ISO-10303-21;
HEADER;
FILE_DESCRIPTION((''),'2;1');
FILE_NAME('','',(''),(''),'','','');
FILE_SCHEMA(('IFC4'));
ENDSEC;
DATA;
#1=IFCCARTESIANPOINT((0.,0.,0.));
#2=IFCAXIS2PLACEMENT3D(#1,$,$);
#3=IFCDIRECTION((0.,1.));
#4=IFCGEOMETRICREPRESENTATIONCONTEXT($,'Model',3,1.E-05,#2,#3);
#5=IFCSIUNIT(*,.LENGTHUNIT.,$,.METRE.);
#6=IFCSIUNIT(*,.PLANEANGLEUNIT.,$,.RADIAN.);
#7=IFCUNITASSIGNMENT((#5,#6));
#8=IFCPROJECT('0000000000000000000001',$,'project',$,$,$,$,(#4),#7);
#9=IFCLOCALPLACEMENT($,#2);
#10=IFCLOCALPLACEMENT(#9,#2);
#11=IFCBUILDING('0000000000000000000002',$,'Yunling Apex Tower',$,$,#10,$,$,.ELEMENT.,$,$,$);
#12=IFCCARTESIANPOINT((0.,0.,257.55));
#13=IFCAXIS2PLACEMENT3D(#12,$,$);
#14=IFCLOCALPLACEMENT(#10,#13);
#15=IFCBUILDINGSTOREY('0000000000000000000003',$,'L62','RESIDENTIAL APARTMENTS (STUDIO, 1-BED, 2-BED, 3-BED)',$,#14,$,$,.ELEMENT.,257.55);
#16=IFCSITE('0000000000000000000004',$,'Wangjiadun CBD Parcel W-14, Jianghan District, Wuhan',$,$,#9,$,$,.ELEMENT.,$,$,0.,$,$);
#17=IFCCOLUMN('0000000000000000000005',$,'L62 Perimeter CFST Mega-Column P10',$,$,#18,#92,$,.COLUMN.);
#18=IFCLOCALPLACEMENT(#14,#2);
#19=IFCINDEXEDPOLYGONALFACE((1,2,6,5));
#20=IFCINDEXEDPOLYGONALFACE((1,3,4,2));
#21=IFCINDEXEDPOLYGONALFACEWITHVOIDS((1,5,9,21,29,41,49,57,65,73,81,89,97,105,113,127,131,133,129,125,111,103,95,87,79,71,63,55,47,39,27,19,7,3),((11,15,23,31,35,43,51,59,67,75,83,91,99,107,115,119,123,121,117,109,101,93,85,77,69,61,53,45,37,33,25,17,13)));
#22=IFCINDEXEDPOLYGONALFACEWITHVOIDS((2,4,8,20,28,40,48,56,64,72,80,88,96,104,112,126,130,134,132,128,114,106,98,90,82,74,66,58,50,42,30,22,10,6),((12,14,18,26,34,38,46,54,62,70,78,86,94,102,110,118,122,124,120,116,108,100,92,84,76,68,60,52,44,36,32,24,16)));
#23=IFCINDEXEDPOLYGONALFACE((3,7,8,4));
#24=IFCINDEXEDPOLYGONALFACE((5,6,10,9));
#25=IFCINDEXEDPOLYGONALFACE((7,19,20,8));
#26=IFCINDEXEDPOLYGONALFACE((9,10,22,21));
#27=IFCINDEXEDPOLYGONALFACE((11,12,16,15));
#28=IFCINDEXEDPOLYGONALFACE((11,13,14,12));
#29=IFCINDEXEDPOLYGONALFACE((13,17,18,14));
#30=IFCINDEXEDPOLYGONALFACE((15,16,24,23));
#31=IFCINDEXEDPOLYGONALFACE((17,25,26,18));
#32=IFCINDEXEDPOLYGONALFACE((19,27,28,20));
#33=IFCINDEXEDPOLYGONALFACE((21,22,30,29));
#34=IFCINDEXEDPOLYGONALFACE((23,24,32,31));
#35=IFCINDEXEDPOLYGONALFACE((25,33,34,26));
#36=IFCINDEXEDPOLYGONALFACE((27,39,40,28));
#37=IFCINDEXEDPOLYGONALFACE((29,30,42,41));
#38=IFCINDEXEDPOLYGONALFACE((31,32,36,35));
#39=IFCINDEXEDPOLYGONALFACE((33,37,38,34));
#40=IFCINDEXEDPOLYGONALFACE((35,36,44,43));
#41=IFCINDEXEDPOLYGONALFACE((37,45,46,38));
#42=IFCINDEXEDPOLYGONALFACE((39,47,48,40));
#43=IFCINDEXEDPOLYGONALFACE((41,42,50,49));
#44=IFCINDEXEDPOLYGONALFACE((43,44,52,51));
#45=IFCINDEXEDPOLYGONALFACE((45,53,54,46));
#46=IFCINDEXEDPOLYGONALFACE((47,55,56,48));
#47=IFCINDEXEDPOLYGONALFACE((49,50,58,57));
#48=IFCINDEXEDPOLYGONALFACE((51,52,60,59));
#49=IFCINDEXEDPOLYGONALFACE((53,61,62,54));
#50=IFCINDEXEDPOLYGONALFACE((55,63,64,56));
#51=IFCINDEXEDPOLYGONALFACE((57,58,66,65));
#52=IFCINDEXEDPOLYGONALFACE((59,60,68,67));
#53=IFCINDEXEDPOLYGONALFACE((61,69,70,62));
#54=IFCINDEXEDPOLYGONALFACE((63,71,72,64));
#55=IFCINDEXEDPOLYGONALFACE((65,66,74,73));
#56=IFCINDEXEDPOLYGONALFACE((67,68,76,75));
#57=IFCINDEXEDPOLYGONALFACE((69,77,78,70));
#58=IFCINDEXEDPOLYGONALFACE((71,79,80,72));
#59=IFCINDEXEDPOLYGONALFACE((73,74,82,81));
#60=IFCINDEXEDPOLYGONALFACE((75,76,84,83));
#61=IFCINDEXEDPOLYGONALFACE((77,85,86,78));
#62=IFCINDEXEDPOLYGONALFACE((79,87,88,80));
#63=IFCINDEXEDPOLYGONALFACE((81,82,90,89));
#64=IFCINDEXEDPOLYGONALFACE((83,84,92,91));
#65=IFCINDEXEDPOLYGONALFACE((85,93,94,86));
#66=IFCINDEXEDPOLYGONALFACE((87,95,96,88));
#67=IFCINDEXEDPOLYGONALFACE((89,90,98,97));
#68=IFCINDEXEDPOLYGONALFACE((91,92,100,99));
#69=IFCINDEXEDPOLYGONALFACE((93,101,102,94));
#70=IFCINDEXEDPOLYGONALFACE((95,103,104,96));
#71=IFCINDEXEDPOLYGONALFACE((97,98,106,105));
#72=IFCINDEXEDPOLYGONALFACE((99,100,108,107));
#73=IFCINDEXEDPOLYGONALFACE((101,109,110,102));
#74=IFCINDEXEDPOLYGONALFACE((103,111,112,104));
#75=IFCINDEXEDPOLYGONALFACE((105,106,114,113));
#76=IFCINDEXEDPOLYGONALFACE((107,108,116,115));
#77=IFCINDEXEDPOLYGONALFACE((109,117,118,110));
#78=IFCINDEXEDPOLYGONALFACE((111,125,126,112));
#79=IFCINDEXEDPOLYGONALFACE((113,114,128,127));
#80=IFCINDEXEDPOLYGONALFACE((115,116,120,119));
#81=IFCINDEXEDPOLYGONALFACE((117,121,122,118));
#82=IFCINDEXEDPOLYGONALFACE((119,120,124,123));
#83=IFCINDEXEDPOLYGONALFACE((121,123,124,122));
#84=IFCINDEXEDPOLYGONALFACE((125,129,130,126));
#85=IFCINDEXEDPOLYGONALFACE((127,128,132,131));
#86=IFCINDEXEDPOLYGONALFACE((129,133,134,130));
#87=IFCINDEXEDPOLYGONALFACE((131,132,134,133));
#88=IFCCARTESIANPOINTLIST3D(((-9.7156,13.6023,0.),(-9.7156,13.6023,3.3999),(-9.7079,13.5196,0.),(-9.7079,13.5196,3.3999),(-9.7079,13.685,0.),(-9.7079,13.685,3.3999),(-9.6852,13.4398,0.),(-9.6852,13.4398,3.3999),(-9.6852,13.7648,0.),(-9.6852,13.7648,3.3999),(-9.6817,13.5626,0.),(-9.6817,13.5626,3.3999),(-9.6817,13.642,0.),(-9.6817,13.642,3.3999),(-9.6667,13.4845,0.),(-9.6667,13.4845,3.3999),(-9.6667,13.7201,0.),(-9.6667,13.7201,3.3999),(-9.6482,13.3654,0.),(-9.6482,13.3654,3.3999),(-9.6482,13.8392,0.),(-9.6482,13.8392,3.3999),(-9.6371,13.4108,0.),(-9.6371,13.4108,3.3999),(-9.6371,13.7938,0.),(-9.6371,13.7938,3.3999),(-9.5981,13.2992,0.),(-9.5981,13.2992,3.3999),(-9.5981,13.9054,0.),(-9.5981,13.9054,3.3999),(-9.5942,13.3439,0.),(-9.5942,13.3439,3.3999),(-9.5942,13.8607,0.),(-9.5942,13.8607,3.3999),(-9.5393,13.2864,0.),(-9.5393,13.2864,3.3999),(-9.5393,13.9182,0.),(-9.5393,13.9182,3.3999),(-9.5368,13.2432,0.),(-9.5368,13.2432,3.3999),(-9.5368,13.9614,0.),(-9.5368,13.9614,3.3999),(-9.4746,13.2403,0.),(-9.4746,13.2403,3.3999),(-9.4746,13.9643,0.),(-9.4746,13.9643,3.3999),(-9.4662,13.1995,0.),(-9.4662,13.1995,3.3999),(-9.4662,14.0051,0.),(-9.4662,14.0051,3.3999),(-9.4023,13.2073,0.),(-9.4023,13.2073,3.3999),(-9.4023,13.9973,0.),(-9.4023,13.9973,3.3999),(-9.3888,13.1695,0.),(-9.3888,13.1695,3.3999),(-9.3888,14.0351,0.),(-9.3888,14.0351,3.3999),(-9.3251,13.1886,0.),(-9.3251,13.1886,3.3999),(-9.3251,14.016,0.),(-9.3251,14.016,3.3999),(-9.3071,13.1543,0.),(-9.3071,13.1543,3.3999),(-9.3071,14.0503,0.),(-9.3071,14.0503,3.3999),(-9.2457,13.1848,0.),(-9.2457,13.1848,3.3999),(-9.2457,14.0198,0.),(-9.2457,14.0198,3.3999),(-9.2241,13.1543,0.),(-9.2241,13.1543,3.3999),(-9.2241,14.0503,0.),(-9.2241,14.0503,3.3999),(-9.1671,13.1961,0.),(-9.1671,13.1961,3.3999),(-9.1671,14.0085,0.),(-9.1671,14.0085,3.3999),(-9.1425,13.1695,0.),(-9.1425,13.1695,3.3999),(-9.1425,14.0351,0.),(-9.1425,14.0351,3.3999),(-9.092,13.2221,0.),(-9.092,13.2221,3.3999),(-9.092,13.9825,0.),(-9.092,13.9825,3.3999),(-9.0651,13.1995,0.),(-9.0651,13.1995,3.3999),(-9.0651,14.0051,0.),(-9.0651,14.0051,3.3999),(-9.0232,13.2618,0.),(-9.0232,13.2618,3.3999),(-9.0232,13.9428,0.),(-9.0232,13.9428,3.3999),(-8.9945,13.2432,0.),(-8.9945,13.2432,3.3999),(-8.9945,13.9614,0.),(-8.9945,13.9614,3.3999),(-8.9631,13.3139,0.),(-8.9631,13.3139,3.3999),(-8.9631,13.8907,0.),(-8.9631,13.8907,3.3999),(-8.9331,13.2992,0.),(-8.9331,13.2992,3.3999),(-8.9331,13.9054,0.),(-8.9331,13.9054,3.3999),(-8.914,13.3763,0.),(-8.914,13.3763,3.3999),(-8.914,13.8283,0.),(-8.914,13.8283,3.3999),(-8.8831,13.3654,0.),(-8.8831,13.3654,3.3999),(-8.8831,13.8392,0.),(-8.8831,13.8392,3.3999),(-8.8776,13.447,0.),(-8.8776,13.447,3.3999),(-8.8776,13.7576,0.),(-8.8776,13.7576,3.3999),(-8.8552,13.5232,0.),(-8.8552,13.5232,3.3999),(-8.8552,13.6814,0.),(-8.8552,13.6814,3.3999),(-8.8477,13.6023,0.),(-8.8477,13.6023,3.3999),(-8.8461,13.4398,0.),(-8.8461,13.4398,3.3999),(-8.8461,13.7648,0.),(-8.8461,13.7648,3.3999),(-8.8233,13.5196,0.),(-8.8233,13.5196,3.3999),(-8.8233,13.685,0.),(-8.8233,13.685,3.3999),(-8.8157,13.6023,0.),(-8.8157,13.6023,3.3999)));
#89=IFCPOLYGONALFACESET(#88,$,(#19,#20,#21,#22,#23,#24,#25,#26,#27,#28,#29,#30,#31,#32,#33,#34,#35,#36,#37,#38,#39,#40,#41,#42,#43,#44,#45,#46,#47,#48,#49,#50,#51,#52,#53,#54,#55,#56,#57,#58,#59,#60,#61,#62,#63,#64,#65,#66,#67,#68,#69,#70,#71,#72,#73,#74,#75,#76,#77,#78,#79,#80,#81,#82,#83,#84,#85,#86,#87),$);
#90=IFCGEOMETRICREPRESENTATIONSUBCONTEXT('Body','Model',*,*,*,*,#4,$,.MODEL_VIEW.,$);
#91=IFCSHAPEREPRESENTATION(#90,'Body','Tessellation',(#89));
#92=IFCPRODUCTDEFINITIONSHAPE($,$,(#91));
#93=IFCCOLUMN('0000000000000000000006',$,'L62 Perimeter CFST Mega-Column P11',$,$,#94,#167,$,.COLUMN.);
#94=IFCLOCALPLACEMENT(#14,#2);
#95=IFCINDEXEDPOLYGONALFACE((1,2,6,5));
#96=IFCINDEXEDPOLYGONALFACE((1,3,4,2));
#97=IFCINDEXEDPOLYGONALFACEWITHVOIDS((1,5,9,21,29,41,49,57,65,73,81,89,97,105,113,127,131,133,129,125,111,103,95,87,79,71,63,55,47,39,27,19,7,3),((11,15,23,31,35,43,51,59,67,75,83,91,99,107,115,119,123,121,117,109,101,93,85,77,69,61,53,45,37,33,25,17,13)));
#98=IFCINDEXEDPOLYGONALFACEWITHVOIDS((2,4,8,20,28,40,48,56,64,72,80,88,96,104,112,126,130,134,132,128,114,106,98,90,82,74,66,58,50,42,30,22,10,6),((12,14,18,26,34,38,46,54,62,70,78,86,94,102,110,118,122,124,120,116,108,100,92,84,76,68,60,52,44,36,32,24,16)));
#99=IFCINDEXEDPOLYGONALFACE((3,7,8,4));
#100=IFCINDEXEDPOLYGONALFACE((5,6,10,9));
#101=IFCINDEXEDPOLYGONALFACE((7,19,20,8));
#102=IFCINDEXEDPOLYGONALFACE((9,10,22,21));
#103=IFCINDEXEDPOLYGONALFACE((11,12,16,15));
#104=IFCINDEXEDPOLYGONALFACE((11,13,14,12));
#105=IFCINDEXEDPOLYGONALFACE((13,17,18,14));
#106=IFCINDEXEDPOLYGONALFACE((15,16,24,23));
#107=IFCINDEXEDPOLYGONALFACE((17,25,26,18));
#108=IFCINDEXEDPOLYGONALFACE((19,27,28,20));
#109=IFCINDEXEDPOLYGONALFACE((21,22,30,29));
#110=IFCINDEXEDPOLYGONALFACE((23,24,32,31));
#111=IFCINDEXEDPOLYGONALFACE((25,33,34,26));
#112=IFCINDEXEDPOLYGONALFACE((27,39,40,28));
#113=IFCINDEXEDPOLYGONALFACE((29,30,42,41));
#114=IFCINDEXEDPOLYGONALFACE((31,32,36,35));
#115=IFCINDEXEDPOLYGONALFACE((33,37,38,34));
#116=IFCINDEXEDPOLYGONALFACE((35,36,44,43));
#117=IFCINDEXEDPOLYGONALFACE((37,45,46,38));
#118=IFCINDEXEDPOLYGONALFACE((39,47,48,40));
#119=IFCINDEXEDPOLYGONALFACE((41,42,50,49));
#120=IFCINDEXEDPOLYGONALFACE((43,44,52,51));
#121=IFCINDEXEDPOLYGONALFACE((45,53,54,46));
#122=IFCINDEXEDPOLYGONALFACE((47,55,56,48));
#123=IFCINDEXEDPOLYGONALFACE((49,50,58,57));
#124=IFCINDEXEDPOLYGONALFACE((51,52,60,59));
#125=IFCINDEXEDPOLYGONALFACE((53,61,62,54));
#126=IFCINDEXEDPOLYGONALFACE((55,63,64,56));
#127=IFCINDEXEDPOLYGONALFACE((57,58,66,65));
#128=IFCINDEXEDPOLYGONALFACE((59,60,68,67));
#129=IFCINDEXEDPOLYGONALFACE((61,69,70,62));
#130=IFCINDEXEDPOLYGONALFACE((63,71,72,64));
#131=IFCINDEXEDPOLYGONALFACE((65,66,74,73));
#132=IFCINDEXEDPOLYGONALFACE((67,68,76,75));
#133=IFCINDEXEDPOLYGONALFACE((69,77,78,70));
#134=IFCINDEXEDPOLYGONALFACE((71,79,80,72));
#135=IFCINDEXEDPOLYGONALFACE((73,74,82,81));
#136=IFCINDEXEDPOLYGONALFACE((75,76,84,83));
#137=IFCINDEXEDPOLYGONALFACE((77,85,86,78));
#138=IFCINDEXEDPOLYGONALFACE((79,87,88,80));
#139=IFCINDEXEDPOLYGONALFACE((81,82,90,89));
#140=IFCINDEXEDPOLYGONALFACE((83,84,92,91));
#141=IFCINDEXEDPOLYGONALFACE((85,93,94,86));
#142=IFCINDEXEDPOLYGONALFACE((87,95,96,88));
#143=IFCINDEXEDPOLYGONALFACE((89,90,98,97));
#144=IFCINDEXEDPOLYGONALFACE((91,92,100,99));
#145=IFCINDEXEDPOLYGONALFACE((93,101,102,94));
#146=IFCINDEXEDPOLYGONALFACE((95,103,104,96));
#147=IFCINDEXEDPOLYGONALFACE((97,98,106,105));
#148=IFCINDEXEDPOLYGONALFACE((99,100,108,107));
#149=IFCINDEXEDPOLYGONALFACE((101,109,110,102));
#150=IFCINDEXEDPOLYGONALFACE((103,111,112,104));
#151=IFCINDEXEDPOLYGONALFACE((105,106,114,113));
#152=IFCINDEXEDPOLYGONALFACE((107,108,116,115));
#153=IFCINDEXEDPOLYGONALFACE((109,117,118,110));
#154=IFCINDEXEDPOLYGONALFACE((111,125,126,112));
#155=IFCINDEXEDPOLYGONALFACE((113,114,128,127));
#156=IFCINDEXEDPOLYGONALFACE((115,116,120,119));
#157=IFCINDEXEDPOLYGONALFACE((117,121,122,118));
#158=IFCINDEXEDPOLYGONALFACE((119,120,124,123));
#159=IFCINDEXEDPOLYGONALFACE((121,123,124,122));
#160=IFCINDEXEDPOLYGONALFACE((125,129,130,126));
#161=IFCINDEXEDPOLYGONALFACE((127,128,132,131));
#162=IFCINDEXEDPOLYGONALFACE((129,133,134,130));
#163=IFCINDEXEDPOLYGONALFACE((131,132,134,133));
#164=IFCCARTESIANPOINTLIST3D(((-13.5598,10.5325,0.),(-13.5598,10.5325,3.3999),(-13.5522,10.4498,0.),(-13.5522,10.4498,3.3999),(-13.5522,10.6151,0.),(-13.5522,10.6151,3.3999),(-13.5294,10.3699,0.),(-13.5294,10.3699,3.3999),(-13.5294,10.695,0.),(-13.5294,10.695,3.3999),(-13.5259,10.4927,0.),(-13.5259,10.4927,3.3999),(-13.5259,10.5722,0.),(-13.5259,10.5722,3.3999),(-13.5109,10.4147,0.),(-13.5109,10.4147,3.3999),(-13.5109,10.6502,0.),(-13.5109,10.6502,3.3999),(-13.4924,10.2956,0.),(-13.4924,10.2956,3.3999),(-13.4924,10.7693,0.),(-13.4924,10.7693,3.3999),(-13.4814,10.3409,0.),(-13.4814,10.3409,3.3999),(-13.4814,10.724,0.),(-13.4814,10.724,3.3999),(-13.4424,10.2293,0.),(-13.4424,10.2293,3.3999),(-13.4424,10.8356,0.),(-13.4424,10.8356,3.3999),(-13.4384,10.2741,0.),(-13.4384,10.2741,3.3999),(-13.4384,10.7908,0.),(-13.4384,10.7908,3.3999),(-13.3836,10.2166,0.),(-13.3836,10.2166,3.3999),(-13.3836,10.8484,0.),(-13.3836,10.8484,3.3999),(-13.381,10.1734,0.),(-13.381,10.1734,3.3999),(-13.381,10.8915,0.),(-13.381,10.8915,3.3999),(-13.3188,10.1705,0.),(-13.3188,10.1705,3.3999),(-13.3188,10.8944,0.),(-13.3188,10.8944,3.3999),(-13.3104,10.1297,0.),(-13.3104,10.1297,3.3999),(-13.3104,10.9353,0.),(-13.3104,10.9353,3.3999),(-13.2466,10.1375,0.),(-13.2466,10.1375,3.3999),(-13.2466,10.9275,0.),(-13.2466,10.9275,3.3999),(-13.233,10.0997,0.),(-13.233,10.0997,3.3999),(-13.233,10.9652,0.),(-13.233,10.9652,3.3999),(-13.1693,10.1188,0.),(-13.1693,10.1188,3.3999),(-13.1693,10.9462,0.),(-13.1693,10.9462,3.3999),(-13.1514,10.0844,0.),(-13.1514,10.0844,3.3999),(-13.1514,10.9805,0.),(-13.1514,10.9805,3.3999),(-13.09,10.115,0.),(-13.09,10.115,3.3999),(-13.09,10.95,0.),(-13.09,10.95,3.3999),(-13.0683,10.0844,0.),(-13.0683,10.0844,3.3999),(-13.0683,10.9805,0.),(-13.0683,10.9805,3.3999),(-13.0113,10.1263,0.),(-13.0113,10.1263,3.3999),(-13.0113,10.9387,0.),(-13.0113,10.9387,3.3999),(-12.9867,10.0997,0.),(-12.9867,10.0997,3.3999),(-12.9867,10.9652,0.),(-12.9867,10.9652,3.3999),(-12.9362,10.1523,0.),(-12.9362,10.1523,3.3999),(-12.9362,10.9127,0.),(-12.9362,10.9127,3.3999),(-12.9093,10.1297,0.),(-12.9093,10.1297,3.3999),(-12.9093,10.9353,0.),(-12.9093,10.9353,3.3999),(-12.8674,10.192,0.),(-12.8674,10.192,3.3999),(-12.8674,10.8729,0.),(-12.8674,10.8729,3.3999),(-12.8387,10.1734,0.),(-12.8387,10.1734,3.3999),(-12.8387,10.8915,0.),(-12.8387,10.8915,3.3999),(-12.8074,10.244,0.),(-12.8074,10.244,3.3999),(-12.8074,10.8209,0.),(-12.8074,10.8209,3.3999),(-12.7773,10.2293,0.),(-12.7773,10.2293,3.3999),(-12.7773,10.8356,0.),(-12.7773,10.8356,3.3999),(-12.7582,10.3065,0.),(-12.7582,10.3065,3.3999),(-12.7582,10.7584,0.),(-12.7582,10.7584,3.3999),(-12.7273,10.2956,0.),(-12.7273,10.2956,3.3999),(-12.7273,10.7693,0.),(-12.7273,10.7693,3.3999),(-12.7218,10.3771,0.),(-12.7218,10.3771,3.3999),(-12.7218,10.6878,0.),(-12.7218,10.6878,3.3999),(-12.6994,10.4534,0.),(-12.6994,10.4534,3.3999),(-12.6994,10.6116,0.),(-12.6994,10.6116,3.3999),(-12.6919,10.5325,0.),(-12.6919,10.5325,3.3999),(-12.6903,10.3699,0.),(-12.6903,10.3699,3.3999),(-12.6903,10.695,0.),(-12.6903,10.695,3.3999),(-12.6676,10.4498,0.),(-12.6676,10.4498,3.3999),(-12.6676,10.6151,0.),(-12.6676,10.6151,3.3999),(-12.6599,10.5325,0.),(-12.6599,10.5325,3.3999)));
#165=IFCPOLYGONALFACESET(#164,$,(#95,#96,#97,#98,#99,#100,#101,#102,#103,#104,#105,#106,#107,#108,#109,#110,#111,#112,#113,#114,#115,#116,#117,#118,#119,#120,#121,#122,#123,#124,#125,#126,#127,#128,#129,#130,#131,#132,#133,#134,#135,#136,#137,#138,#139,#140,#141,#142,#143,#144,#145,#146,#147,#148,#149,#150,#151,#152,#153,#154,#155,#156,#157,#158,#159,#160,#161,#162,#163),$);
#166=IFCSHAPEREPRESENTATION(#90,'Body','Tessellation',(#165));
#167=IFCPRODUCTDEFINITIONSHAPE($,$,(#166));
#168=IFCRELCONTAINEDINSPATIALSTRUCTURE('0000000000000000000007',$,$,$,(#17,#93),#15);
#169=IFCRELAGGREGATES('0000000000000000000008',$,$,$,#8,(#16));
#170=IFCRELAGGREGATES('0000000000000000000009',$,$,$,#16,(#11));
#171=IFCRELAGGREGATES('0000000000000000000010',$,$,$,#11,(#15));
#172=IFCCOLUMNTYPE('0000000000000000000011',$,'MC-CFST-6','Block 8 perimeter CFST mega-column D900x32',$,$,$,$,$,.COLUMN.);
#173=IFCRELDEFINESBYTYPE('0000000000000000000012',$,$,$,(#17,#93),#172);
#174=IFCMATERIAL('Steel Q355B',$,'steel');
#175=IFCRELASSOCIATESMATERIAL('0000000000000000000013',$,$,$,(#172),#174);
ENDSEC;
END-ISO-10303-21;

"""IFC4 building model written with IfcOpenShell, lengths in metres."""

from ifc_helpers import new_model, si_unit, direction, frame, origin, origin_2d, place, context, subcontext, project, spatial, hollow_circle, extrude, source, transform, mapped, material, material_profile, profile_set, type_object, element, save


model = new_model("IFC4")

# Units and contexts
model_context = context("Model", 3, precision=1e-05, world=origin(), true_north=direction((0.0, 1.0)))
body_context = subcontext(model_context, "Body", "Model", "MODEL_VIEW")
ifc_project = project(units=[si_unit("LENGTHUNIT", "METRE"), si_unit("PLANEANGLEUNIT", "RADIAN")], contexts=[model_context])

# Site, building, storey
site_placement = place(None, origin())
site = spatial("IfcSite", under=ifc_project, at=site_placement, Name="Wangjiadun CBD Parcel W-14, Jianghan District, Wuhan", CompositionType="ELEMENT", RefElevation=0.0)
building_placement = place(site_placement, origin())
building = spatial("IfcBuilding", under=site, at=building_placement, Name="Yunling Apex Tower", CompositionType="ELEMENT")
storey_placement = place(building_placement, frame((0.0, 0.0, 257.55)))
storey = spatial("IfcBuildingStorey", under=building, at=storey_placement, Name="L62", Description="RESIDENTIAL APARTMENTS (STUDIO, 1-BED, 2-BED, 3-BED)", CompositionType="ELEMENT", Elevation=257.55)

# Columns
ifc_material_1 = material(Name="Steel Q355B", Category="steel")
ifc_material_profile_1 = material_profile(ifc_material_1, hollow_circle(Radius=0.45, WallThickness=0.032, at=origin_2d()))
ifc_profile_set_1 = profile_set([ifc_material_profile_1], Name="Steel Q355B")
column_type = type_object("IfcColumnType", Name="MC-CFST-6", Description="Block 8 perimeter CFST mega-column D900x32", PredefinedType="COLUMN", material=ifc_profile_set_1)
shared_shape_1 = source(origin(), body_context, "Body", "SweptSolid", [
    extrude(hollow_circle(Radius=0.45, WallThickness=0.032, at=origin_2d()), origin(), (0.0, 0.0, 1.0), 3.3999),
])
for number, where, z_axis, x_axis, name in (
    (1, (-9.2656, 13.6023, 0.0), (0.0, 0.0, 1.0), (1.0, 0.0, 0.0), "L62 Perimeter CFST Mega-Column P10"),
    (2, (-13.1099, 10.5325, 0.0), (0.0, 0.0, 1.0), (1.0, 0.0, 0.0), "L62 Perimeter CFST Mega-Column P11"),
):
    element("IfcColumn", number, at=place(storey_placement, frame(where, z_axis=z_axis, x_axis=x_axis)), inside=storey, type_object=column_type, Name=name, PredefinedType="COLUMN", context=body_context, shape_type="MappedRepresentation", body=[
        mapped(shared_shape_1, transform((0.0, 0.0, 0.0), scale=1.0)),
    ])

save(model, "model.ifc")
